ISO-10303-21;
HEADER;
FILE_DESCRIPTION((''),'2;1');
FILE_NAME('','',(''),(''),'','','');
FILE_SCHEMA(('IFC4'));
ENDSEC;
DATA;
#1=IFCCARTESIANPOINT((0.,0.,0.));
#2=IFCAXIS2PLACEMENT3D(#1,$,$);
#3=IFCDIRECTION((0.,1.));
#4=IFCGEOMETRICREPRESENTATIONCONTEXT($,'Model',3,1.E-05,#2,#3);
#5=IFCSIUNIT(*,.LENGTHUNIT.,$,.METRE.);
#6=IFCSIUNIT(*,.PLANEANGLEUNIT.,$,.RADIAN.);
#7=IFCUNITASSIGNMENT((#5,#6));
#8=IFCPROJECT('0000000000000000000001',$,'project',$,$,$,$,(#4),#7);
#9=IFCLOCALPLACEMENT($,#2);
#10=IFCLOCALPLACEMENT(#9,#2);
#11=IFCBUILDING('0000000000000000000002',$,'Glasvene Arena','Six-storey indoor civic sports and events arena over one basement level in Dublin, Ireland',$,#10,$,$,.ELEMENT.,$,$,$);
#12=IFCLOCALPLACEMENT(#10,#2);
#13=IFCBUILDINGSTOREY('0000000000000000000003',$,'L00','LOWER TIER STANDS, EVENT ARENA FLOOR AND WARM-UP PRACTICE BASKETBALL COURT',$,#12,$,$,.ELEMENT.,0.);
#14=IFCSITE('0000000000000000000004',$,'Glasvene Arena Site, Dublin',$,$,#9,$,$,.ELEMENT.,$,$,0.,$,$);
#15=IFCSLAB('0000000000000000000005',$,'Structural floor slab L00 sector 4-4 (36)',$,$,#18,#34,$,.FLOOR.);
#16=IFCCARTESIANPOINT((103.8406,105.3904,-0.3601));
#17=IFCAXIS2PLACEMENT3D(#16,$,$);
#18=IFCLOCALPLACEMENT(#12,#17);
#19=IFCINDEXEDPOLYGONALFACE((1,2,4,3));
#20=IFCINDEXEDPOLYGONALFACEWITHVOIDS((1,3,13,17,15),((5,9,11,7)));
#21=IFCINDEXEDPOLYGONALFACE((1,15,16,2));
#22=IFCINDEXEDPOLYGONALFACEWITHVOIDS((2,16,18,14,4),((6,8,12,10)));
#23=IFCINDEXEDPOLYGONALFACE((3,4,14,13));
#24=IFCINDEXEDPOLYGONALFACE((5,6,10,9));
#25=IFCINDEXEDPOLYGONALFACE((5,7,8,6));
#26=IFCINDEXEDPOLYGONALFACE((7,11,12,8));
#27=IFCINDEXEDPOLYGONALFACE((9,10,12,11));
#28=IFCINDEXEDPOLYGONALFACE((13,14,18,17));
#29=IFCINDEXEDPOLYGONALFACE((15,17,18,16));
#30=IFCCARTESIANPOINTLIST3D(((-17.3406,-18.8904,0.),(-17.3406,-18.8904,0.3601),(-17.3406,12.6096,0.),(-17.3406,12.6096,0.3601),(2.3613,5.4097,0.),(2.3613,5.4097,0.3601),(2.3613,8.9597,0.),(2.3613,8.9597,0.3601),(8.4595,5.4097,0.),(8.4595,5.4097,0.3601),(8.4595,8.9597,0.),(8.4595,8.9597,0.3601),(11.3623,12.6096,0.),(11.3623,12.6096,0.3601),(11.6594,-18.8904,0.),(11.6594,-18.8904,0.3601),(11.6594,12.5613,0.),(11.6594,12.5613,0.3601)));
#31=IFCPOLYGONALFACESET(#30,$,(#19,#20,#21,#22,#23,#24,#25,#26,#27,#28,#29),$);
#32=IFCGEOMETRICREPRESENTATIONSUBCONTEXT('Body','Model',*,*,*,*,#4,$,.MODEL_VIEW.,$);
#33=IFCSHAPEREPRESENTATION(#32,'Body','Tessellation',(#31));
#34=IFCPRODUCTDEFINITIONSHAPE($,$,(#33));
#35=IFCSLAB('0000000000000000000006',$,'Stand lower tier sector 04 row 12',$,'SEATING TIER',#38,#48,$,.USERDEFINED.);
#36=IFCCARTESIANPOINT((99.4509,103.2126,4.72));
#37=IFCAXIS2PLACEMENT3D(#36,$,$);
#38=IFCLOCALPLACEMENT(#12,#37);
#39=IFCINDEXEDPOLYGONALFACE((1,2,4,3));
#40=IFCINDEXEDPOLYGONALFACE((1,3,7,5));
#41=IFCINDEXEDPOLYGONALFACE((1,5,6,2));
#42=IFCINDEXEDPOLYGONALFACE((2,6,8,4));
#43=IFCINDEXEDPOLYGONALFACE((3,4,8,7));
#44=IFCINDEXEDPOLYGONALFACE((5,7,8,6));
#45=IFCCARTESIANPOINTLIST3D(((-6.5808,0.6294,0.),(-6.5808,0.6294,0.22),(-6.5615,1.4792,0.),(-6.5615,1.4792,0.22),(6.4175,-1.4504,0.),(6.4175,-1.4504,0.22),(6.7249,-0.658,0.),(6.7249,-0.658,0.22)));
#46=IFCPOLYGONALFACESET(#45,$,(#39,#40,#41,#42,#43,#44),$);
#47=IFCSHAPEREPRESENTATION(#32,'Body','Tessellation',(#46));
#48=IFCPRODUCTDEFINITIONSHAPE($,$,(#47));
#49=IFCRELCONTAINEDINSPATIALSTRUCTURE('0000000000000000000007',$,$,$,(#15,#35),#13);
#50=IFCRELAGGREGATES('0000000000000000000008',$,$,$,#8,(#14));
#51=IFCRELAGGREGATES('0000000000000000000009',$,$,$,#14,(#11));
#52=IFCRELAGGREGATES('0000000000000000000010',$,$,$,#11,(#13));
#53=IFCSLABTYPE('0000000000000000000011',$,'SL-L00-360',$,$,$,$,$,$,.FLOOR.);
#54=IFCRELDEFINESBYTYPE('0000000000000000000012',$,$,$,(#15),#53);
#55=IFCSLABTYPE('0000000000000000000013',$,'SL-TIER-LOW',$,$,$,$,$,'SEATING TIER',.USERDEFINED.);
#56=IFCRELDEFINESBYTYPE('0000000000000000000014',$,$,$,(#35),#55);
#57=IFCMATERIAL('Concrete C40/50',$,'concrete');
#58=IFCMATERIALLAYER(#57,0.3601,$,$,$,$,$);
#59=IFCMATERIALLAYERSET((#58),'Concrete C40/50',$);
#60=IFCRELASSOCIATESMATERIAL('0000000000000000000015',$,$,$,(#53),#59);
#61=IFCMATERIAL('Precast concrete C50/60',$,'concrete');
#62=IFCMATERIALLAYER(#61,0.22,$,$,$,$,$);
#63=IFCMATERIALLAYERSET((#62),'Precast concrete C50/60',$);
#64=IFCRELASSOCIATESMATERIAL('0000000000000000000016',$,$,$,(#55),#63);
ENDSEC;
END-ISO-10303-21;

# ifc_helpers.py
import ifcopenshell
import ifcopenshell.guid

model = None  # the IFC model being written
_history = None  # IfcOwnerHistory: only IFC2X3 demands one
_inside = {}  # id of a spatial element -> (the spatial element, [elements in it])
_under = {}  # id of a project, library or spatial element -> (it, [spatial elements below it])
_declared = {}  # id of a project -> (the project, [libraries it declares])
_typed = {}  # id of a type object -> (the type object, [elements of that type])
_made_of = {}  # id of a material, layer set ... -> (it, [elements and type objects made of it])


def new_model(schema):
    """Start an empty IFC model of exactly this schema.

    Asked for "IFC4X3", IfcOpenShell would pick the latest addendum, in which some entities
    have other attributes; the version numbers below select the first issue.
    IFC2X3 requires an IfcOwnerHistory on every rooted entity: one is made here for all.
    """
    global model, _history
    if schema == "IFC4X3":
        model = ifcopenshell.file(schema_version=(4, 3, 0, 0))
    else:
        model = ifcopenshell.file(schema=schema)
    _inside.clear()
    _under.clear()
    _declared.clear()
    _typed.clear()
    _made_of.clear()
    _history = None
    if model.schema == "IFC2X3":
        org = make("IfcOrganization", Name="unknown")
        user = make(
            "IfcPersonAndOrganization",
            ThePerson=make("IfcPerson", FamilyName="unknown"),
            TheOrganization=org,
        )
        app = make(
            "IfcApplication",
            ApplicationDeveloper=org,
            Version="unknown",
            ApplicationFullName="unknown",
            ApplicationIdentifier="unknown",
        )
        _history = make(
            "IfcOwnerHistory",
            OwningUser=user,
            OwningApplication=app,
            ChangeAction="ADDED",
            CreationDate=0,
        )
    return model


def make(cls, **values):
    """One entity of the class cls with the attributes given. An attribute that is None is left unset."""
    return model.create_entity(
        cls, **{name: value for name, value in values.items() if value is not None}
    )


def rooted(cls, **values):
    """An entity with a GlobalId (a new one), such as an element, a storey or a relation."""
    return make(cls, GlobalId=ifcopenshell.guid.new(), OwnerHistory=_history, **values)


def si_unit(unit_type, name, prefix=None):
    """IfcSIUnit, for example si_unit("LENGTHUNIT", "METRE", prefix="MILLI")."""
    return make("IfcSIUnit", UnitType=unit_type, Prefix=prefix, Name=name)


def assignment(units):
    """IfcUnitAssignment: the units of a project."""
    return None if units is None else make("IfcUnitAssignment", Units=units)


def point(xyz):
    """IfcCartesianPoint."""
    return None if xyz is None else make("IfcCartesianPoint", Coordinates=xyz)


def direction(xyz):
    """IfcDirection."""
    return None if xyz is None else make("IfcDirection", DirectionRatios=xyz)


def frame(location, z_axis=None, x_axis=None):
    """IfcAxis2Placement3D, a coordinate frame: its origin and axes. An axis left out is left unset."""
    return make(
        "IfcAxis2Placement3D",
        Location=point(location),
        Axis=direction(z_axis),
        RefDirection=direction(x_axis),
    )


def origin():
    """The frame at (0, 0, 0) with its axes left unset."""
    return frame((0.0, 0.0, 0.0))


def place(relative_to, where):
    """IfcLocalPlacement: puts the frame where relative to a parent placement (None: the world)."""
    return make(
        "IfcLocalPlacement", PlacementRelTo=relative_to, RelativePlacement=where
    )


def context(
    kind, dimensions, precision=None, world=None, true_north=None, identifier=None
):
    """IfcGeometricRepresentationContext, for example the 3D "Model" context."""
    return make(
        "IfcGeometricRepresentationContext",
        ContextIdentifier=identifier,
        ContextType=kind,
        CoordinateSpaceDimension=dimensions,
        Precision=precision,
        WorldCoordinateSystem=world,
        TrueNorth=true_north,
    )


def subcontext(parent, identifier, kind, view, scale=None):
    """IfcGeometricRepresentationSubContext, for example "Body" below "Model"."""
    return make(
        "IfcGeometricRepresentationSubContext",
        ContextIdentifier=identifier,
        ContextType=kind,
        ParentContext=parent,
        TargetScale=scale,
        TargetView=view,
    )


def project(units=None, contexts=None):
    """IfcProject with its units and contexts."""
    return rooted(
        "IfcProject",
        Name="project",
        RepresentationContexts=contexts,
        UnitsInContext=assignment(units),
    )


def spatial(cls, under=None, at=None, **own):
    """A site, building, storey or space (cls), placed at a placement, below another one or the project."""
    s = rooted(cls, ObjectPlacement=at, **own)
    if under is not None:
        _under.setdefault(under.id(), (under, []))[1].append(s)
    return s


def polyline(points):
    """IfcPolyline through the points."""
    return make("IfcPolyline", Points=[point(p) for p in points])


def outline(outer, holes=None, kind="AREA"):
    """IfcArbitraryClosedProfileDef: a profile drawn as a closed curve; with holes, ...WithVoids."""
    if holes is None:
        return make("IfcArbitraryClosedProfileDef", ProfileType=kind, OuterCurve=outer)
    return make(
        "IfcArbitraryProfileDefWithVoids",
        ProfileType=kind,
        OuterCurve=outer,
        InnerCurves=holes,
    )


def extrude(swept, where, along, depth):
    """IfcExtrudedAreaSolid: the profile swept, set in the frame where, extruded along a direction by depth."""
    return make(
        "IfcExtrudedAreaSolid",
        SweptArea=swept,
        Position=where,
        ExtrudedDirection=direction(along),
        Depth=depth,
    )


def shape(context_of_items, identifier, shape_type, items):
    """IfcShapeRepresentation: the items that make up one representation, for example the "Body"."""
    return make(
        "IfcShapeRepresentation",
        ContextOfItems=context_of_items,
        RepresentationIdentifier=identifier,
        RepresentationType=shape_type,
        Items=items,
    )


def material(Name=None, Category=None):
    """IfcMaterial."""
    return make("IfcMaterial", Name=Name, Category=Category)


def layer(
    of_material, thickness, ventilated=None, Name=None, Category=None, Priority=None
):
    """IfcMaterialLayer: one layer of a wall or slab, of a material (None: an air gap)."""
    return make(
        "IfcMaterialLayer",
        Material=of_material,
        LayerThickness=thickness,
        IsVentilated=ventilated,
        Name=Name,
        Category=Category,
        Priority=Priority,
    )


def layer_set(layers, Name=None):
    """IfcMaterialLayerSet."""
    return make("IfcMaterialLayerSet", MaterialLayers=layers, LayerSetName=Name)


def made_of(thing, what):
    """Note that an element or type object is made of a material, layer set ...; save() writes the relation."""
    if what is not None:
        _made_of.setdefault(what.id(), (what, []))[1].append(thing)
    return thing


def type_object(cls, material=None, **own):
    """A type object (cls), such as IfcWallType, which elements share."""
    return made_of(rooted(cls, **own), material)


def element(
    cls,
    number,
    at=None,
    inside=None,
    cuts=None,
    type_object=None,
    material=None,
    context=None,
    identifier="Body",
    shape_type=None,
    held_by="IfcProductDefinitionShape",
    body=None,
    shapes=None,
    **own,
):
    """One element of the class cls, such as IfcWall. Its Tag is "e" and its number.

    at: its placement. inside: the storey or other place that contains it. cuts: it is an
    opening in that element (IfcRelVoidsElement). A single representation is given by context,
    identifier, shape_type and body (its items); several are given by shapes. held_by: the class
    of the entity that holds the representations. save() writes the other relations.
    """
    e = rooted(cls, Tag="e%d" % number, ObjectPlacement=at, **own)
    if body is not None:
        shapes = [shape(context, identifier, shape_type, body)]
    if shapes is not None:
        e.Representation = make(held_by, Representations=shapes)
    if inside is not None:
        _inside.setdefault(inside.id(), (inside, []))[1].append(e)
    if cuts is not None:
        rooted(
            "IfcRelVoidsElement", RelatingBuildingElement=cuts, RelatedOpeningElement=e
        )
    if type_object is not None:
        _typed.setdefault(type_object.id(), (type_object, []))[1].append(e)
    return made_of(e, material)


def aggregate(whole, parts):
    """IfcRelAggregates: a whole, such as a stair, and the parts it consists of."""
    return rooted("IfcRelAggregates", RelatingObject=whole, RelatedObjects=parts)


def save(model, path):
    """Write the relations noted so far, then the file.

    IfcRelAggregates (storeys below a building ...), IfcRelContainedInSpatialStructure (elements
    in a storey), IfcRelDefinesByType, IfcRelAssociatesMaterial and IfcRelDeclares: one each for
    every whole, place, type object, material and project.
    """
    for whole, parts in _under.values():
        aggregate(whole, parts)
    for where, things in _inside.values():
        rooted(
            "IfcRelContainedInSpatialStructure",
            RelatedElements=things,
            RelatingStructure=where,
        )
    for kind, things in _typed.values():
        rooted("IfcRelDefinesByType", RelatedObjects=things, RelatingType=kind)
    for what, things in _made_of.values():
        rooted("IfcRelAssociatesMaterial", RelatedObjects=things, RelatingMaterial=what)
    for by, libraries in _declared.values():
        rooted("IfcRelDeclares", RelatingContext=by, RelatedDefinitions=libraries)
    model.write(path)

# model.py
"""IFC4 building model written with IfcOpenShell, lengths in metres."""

from ifc_helpers import new_model, si_unit, direction, frame, origin, place, context, subcontext, project, spatial, polyline, outline, extrude, material, layer, layer_set, type_object, element, save


model = new_model("IFC4")

# Units and contexts
model_context = context("Model", 3, precision=1e-05, world=origin(), true_north=direction((0.0, 1.0)))
body_context = subcontext(model_context, "Body", "Model", "MODEL_VIEW")
ifc_project = project(units=[si_unit("LENGTHUNIT", "METRE"), si_unit("PLANEANGLEUNIT", "RADIAN")], contexts=[model_context])

# Site, building, storey
site_placement = place(None, origin())
site = spatial("IfcSite", under=ifc_project, at=site_placement, Name="Glasvene Arena Site, Dublin", CompositionType="ELEMENT", RefElevation=0.0)
building_placement = place(site_placement, origin())
building = spatial("IfcBuilding", under=site, at=building_placement, Name="Glasvene Arena", Description="Six-storey indoor civic sports and events arena over one basement level in Dublin, Ireland", CompositionType="ELEMENT")
storey_placement = place(building_placement, origin())
storey = spatial("IfcBuildingStorey", under=building, at=storey_placement, Name="L00", Description="LOWER TIER STANDS, EVENT ARENA FLOOR AND WARM-UP PRACTICE BASKETBALL COURT", CompositionType="ELEMENT", Elevation=0.0)

# Shared definitions
ifc_material_1 = material(Name="Concrete C40/50", Category="concrete")

# Slabs
ifc_layer_1 = layer(ifc_material_1, 0.3601)
ifc_layer_set_1 = layer_set([ifc_layer_1], Name="Concrete C40/50")
slab_type_1 = type_object("IfcSlabType", Name="SL-L00-360", PredefinedType="FLOOR", material=ifc_layer_set_1)
slab_1_placement = place(storey_placement, frame((103.8406, 105.3904, -0.3601)))
element("IfcSlab", 1, at=slab_1_placement, inside=storey, type_object=slab_type_1, Name="Structural floor slab L00 sector 4-4 (36)", PredefinedType="FLOOR", context=body_context, shape_type="SweptSolid", body=[
    extrude(outline(polyline([(11.3623, 12.6096), (11.6594, 12.5613), (11.6594, -18.8904), (-17.3406, -18.8904), (-17.3406, 12.6096), (11.3623, 12.6096)]), holes=[polyline([(2.3613, 5.4097), (8.4595, 5.4097), (8.4595, 8.9597), (2.3613, 8.9597), (2.3613, 5.4097)])]), origin(), (0.0, 0.0, 1.0), 0.3601),
])
ifc_material_2 = material(Name="Precast concrete C50/60", Category="concrete")
ifc_layer_2 = layer(ifc_material_2, 0.22)
ifc_layer_set_2 = layer_set([ifc_layer_2], Name="Precast concrete C50/60")
slab_type_2 = type_object("IfcSlabType", Name="SL-TIER-LOW", ElementType="SEATING TIER", PredefinedType="USERDEFINED", material=ifc_layer_set_2)
slab_2_placement = place(storey_placement, frame((99.4509, 103.2126, 4.72)))
element("IfcSlab", 2, at=slab_2_placement, inside=storey, type_object=slab_type_2, Name="Stand lower tier sector 04 row 12", ObjectType="SEATING TIER", PredefinedType="USERDEFINED", context=body_context, shape_type="SweptSolid", body=[
    extrude(outline(polyline([(6.4175, -1.4504), (-6.5808, 0.6294), (-6.5615, 1.4792), (6.7249, -0.658), (6.4175, -1.4504)])), origin(), (0.0, 0.0, 1.0), 0.22),
])

save(model, "model.ifc")
